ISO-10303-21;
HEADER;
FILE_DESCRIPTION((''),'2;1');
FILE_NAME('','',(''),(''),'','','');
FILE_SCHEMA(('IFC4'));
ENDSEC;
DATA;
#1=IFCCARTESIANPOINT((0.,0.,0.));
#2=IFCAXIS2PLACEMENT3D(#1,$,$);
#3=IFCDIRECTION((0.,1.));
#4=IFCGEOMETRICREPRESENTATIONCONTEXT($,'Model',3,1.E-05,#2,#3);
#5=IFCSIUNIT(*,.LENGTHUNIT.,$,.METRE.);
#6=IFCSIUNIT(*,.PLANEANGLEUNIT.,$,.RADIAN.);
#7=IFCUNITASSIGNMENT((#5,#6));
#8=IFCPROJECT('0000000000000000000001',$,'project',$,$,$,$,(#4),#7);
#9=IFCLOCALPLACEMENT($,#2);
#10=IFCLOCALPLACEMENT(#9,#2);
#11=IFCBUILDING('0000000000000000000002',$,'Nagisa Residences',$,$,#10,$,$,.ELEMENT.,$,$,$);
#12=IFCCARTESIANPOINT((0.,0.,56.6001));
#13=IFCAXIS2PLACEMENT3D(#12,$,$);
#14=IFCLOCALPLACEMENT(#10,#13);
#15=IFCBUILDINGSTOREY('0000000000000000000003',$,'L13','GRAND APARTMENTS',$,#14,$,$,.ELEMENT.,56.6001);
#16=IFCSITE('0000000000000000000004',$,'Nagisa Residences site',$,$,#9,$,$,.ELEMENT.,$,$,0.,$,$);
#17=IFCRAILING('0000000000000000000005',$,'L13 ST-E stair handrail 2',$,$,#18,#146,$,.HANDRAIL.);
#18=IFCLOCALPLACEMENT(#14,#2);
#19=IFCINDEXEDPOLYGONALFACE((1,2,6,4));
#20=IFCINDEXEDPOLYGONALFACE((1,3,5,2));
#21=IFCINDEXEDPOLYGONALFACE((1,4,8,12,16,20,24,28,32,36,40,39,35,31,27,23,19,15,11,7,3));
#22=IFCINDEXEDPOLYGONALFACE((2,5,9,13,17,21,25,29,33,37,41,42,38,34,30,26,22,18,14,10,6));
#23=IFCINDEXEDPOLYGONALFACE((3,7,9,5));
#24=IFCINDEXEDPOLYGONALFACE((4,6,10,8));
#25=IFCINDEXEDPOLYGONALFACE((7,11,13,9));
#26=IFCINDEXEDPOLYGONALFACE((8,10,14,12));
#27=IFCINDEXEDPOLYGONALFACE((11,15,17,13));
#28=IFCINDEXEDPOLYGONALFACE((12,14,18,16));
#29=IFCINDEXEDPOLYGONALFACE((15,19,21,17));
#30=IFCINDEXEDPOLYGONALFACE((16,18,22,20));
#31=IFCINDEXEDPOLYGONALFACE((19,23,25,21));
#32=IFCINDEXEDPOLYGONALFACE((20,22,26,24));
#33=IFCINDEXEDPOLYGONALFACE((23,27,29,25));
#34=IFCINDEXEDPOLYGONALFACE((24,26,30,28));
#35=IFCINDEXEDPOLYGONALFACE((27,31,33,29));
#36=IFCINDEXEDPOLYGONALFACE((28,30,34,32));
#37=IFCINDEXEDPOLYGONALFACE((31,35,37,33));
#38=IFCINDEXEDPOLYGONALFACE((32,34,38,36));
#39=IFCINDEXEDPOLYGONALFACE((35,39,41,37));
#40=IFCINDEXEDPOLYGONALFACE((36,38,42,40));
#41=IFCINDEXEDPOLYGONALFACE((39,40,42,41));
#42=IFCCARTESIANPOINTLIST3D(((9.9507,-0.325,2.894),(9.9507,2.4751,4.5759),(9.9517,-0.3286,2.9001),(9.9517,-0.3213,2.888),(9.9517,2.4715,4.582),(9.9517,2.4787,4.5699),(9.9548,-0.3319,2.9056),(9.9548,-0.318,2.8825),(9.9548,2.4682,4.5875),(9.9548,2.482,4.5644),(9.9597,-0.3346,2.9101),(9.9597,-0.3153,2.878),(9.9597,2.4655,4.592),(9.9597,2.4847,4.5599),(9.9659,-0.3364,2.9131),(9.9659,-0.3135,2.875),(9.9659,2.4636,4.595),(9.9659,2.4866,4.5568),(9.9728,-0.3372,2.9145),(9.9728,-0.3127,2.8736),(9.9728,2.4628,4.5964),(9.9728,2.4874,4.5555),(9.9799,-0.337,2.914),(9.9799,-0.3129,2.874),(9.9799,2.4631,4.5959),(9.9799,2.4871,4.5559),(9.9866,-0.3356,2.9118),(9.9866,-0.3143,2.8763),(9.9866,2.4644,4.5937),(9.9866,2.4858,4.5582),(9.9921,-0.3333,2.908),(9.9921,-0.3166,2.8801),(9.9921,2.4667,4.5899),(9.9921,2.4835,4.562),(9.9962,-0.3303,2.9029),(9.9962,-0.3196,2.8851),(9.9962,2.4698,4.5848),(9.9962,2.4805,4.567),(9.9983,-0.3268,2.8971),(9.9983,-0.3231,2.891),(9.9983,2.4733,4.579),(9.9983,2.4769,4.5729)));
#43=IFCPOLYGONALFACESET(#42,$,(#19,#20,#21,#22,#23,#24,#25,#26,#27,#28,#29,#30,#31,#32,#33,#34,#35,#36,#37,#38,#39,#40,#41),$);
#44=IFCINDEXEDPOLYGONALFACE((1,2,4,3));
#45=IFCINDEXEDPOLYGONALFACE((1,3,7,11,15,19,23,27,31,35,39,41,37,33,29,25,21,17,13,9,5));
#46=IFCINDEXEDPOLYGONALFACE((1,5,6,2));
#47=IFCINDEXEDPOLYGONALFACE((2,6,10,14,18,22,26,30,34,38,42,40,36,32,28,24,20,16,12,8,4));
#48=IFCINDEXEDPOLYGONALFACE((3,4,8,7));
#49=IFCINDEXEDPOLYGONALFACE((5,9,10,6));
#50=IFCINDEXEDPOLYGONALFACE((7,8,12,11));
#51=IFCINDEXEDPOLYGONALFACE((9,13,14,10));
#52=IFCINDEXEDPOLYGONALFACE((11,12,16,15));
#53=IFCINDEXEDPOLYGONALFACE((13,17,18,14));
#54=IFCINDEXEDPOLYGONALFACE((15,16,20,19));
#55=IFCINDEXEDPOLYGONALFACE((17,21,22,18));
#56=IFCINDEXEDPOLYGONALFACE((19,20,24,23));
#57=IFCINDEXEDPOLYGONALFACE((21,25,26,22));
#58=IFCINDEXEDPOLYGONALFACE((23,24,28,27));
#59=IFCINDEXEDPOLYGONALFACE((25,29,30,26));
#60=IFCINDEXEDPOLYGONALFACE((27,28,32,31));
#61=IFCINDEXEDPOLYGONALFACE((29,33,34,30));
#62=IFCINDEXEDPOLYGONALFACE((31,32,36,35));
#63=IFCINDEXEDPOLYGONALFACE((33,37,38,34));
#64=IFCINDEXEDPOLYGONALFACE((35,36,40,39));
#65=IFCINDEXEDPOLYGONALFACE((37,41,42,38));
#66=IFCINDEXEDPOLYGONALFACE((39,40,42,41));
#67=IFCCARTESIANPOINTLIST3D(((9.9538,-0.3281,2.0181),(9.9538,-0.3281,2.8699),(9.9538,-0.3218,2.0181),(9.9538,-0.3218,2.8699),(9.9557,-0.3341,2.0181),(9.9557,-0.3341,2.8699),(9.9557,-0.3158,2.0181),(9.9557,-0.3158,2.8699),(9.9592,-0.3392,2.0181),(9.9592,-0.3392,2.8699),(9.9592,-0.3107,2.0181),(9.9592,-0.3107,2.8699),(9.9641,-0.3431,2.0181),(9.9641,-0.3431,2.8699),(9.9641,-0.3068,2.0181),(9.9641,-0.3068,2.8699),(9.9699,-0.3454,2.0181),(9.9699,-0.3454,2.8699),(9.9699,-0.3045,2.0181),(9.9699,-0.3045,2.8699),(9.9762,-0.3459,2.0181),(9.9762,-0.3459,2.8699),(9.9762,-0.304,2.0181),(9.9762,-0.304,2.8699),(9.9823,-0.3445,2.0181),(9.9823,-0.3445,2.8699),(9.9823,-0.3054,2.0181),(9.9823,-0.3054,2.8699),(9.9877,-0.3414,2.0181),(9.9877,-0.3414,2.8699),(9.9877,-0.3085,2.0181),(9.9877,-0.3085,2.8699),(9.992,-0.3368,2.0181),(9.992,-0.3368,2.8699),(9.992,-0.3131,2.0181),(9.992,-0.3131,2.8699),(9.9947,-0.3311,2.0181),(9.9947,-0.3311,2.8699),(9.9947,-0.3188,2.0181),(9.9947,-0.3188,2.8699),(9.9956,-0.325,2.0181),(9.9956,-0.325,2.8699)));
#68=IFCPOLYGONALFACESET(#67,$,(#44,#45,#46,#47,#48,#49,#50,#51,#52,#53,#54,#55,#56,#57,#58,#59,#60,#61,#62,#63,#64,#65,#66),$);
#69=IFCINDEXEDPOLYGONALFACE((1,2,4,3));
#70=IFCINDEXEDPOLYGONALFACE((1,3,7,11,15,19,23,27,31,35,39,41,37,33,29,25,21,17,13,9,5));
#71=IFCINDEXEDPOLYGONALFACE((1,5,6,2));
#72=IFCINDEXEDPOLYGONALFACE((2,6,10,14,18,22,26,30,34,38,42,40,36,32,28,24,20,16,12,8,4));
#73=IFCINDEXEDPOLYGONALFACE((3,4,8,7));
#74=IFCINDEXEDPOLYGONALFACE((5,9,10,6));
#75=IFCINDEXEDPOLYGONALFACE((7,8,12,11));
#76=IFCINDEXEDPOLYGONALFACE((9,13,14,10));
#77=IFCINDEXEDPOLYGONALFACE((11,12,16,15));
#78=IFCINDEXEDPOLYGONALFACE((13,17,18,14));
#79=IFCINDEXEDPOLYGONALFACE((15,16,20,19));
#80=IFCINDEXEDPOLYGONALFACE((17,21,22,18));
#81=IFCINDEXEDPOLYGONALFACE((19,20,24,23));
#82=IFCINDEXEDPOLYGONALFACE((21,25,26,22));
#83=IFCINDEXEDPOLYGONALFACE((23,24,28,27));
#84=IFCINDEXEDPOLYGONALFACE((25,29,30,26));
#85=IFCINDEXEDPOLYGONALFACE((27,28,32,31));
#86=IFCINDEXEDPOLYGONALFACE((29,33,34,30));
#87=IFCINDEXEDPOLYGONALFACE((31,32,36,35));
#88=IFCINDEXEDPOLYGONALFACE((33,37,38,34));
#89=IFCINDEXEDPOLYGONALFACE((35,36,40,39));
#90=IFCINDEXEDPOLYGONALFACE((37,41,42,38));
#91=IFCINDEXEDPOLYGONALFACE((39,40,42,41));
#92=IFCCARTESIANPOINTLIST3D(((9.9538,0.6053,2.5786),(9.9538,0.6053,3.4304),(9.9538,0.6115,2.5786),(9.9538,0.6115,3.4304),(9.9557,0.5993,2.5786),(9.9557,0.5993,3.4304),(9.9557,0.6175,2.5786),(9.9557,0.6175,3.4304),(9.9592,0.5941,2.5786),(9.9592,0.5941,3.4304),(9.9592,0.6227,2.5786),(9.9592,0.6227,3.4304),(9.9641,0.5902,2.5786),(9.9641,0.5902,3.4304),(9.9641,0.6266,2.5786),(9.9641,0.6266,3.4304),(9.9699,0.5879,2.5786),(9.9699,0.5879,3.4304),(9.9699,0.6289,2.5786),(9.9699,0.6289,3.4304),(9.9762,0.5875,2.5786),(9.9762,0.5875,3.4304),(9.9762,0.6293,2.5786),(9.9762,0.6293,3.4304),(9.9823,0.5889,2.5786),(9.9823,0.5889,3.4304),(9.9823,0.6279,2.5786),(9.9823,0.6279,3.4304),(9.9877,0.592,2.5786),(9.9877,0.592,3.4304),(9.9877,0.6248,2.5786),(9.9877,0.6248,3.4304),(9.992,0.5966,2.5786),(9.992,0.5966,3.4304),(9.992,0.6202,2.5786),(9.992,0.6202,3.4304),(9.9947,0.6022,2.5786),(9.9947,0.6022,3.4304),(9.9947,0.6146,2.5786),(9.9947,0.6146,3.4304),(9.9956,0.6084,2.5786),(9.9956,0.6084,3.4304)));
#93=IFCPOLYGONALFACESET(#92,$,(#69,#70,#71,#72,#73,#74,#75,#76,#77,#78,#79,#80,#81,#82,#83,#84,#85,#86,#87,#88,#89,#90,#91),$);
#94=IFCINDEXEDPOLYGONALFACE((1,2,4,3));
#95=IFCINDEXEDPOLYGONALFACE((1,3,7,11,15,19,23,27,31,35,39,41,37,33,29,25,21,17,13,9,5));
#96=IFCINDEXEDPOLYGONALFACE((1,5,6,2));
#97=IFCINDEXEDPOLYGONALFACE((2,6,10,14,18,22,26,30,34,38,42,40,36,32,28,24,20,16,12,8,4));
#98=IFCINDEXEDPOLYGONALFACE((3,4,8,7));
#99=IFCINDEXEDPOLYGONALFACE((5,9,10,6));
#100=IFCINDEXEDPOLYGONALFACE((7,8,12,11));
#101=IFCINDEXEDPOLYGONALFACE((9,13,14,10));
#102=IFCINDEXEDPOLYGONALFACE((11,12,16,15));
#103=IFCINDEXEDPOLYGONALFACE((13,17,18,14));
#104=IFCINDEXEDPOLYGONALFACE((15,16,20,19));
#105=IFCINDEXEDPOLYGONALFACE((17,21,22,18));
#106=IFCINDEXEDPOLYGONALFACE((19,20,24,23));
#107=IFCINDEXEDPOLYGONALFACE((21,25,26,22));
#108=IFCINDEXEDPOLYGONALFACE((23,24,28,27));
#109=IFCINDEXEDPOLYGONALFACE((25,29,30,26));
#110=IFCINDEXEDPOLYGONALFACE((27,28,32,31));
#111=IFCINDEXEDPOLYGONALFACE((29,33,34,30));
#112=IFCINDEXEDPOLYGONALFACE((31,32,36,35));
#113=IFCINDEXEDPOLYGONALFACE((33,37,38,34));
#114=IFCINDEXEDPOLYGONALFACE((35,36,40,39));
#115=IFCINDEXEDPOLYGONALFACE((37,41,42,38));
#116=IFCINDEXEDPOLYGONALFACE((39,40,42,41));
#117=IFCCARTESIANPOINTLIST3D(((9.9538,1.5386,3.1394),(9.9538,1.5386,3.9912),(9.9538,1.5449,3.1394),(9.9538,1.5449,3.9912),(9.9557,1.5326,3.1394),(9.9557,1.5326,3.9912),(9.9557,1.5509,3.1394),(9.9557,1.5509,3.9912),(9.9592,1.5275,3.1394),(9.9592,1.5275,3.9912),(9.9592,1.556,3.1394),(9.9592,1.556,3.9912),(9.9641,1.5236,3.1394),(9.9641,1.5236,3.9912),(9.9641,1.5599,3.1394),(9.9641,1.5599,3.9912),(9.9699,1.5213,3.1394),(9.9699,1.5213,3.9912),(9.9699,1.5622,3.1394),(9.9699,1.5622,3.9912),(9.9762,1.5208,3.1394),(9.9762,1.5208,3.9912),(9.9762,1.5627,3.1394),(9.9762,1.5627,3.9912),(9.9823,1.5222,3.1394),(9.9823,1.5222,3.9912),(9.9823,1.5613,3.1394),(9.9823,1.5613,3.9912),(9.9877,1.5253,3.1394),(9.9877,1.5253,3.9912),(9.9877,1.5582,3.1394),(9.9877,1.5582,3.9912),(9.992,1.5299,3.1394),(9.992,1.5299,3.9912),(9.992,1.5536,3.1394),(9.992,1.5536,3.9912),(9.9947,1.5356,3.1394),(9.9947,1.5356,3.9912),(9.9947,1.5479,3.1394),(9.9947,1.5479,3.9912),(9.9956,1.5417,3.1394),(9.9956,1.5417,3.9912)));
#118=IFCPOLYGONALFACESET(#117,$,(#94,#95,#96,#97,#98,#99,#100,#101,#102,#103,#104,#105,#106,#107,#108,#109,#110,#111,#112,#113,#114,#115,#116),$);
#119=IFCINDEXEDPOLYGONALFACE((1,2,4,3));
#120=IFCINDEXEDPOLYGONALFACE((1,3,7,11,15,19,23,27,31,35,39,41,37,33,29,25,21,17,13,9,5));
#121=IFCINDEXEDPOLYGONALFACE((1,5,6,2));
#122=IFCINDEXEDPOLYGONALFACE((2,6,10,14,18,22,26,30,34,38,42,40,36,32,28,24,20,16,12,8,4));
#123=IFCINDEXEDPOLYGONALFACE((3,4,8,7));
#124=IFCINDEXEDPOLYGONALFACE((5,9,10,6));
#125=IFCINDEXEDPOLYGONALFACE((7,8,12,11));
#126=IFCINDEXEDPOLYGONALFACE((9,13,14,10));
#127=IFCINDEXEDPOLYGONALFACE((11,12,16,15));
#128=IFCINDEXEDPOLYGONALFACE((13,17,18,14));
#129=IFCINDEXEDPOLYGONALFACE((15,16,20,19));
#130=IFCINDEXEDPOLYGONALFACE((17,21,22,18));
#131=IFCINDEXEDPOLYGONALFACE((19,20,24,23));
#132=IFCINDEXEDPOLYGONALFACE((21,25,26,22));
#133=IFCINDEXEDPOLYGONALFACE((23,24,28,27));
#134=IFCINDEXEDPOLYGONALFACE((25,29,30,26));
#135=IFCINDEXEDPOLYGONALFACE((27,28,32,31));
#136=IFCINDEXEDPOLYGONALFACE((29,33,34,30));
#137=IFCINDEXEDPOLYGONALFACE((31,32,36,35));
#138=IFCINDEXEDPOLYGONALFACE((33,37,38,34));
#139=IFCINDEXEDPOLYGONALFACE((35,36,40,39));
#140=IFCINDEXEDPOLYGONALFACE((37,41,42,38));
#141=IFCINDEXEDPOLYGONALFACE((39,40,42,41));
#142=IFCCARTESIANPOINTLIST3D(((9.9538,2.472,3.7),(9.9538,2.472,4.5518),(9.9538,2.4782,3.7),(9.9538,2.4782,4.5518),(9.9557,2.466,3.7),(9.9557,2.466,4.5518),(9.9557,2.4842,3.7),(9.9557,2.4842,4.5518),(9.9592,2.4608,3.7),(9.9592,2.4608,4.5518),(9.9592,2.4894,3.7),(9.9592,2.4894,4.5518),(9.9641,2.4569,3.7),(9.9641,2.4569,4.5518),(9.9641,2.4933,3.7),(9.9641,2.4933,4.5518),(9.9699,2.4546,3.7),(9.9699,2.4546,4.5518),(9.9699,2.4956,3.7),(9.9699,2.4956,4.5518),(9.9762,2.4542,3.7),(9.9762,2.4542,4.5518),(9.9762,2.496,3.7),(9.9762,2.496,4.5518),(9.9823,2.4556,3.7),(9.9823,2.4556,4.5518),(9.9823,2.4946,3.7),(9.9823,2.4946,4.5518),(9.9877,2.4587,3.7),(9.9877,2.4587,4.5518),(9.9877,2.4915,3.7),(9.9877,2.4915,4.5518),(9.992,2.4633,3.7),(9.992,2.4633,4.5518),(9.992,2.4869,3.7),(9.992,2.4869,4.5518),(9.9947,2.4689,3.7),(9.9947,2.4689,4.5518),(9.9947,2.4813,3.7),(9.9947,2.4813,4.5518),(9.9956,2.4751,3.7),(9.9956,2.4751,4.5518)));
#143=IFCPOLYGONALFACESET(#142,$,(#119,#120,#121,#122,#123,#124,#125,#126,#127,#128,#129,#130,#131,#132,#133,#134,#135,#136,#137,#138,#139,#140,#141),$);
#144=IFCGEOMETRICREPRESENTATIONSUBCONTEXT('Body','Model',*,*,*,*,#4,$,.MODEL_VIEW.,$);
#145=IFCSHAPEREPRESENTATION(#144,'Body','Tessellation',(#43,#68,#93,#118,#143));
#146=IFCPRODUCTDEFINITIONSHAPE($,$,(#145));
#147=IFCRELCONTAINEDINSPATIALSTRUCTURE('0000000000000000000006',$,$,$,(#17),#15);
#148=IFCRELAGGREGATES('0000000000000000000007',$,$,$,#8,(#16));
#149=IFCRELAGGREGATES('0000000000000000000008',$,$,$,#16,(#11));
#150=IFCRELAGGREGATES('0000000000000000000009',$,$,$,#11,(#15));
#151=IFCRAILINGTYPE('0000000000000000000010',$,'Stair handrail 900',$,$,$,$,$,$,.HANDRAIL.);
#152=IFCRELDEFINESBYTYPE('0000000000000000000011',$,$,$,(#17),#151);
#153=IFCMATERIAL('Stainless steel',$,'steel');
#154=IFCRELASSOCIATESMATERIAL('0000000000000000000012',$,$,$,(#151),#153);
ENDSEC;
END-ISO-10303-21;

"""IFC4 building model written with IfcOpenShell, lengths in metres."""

from ifc_helpers import new_model, si_unit, direction, frame, origin, origin_2d, place, context, subcontext, project, spatial, circle, extrude, material, type_object, element, save


model = new_model("IFC4")

# Units and contexts
model_context = context("Model", 3, precision=1e-05, world=origin(), true_north=direction((0.0, 1.0)))
body_context = subcontext(model_context, "Body", "Model", "MODEL_VIEW")
ifc_project = project(units=[si_unit("LENGTHUNIT", "METRE"), si_unit("PLANEANGLEUNIT", "RADIAN")], contexts=[model_context])

# Site, building, storey
site_placement = place(None, origin())
site = spatial("IfcSite", under=ifc_project, at=site_placement, Name="Nagisa Residences site", CompositionType="ELEMENT", RefElevation=0.0)
building_placement = place(site_placement, origin())
building = spatial("IfcBuilding", under=site, at=building_placement, Name="Nagisa Residences", CompositionType="ELEMENT")
storey_placement = place(building_placement, frame((0.0, 0.0, 56.6001)))
storey = spatial("IfcBuildingStorey", under=building, at=storey_placement, Name="L13", Description="GRAND APARTMENTS", CompositionType="ELEMENT", Elevation=56.6001)

# Railing
ifc_material_1 = material(Name="Stainless steel", Category="steel")
railing_type_1 = type_object("IfcRailingType", Name="Stair handrail 900", PredefinedType="HANDRAIL", material=ifc_material_1)
railing_1_placement = place(storey_placement, frame((9.9746, -0.325, 2.0181)))
element("IfcRailing", 1, at=railing_1_placement, inside=storey, type_object=railing_type_1, Name="L13 ST-E stair handrail 2", PredefinedType="HANDRAIL", context=body_context, shape_type="SweptSolid", body=[
    extrude(circle(Radius=0.0239, at=origin_2d()), frame((0.0, 0.0, 0.876), z_axis=(0.0, 0.857242, 0.514913), x_axis=(-1.0, 0.0, 0.0)), (0.0, 0.0, 1.0), 3.2664),
    extrude(circle(Radius=0.021, at=origin_2d()), origin(), (0.0, 0.0, 1.0), 0.8518),
    extrude(circle(Radius=0.021, at=origin_2d()), frame((0.0, 0.9333, 0.5605)), (0.0, 0.0, 1.0), 0.8518),
    extrude(circle(Radius=0.021, at=origin_2d()), frame((0.0, 1.8667, 1.1213)), (0.0, 0.0, 1.0), 0.8518),
    extrude(circle(Radius=0.021, at=origin_2d()), frame((0.0, 2.8, 1.6819)), (0.0, 0.0, 1.0), 0.8518),
])

save(model, "model.ifc")
